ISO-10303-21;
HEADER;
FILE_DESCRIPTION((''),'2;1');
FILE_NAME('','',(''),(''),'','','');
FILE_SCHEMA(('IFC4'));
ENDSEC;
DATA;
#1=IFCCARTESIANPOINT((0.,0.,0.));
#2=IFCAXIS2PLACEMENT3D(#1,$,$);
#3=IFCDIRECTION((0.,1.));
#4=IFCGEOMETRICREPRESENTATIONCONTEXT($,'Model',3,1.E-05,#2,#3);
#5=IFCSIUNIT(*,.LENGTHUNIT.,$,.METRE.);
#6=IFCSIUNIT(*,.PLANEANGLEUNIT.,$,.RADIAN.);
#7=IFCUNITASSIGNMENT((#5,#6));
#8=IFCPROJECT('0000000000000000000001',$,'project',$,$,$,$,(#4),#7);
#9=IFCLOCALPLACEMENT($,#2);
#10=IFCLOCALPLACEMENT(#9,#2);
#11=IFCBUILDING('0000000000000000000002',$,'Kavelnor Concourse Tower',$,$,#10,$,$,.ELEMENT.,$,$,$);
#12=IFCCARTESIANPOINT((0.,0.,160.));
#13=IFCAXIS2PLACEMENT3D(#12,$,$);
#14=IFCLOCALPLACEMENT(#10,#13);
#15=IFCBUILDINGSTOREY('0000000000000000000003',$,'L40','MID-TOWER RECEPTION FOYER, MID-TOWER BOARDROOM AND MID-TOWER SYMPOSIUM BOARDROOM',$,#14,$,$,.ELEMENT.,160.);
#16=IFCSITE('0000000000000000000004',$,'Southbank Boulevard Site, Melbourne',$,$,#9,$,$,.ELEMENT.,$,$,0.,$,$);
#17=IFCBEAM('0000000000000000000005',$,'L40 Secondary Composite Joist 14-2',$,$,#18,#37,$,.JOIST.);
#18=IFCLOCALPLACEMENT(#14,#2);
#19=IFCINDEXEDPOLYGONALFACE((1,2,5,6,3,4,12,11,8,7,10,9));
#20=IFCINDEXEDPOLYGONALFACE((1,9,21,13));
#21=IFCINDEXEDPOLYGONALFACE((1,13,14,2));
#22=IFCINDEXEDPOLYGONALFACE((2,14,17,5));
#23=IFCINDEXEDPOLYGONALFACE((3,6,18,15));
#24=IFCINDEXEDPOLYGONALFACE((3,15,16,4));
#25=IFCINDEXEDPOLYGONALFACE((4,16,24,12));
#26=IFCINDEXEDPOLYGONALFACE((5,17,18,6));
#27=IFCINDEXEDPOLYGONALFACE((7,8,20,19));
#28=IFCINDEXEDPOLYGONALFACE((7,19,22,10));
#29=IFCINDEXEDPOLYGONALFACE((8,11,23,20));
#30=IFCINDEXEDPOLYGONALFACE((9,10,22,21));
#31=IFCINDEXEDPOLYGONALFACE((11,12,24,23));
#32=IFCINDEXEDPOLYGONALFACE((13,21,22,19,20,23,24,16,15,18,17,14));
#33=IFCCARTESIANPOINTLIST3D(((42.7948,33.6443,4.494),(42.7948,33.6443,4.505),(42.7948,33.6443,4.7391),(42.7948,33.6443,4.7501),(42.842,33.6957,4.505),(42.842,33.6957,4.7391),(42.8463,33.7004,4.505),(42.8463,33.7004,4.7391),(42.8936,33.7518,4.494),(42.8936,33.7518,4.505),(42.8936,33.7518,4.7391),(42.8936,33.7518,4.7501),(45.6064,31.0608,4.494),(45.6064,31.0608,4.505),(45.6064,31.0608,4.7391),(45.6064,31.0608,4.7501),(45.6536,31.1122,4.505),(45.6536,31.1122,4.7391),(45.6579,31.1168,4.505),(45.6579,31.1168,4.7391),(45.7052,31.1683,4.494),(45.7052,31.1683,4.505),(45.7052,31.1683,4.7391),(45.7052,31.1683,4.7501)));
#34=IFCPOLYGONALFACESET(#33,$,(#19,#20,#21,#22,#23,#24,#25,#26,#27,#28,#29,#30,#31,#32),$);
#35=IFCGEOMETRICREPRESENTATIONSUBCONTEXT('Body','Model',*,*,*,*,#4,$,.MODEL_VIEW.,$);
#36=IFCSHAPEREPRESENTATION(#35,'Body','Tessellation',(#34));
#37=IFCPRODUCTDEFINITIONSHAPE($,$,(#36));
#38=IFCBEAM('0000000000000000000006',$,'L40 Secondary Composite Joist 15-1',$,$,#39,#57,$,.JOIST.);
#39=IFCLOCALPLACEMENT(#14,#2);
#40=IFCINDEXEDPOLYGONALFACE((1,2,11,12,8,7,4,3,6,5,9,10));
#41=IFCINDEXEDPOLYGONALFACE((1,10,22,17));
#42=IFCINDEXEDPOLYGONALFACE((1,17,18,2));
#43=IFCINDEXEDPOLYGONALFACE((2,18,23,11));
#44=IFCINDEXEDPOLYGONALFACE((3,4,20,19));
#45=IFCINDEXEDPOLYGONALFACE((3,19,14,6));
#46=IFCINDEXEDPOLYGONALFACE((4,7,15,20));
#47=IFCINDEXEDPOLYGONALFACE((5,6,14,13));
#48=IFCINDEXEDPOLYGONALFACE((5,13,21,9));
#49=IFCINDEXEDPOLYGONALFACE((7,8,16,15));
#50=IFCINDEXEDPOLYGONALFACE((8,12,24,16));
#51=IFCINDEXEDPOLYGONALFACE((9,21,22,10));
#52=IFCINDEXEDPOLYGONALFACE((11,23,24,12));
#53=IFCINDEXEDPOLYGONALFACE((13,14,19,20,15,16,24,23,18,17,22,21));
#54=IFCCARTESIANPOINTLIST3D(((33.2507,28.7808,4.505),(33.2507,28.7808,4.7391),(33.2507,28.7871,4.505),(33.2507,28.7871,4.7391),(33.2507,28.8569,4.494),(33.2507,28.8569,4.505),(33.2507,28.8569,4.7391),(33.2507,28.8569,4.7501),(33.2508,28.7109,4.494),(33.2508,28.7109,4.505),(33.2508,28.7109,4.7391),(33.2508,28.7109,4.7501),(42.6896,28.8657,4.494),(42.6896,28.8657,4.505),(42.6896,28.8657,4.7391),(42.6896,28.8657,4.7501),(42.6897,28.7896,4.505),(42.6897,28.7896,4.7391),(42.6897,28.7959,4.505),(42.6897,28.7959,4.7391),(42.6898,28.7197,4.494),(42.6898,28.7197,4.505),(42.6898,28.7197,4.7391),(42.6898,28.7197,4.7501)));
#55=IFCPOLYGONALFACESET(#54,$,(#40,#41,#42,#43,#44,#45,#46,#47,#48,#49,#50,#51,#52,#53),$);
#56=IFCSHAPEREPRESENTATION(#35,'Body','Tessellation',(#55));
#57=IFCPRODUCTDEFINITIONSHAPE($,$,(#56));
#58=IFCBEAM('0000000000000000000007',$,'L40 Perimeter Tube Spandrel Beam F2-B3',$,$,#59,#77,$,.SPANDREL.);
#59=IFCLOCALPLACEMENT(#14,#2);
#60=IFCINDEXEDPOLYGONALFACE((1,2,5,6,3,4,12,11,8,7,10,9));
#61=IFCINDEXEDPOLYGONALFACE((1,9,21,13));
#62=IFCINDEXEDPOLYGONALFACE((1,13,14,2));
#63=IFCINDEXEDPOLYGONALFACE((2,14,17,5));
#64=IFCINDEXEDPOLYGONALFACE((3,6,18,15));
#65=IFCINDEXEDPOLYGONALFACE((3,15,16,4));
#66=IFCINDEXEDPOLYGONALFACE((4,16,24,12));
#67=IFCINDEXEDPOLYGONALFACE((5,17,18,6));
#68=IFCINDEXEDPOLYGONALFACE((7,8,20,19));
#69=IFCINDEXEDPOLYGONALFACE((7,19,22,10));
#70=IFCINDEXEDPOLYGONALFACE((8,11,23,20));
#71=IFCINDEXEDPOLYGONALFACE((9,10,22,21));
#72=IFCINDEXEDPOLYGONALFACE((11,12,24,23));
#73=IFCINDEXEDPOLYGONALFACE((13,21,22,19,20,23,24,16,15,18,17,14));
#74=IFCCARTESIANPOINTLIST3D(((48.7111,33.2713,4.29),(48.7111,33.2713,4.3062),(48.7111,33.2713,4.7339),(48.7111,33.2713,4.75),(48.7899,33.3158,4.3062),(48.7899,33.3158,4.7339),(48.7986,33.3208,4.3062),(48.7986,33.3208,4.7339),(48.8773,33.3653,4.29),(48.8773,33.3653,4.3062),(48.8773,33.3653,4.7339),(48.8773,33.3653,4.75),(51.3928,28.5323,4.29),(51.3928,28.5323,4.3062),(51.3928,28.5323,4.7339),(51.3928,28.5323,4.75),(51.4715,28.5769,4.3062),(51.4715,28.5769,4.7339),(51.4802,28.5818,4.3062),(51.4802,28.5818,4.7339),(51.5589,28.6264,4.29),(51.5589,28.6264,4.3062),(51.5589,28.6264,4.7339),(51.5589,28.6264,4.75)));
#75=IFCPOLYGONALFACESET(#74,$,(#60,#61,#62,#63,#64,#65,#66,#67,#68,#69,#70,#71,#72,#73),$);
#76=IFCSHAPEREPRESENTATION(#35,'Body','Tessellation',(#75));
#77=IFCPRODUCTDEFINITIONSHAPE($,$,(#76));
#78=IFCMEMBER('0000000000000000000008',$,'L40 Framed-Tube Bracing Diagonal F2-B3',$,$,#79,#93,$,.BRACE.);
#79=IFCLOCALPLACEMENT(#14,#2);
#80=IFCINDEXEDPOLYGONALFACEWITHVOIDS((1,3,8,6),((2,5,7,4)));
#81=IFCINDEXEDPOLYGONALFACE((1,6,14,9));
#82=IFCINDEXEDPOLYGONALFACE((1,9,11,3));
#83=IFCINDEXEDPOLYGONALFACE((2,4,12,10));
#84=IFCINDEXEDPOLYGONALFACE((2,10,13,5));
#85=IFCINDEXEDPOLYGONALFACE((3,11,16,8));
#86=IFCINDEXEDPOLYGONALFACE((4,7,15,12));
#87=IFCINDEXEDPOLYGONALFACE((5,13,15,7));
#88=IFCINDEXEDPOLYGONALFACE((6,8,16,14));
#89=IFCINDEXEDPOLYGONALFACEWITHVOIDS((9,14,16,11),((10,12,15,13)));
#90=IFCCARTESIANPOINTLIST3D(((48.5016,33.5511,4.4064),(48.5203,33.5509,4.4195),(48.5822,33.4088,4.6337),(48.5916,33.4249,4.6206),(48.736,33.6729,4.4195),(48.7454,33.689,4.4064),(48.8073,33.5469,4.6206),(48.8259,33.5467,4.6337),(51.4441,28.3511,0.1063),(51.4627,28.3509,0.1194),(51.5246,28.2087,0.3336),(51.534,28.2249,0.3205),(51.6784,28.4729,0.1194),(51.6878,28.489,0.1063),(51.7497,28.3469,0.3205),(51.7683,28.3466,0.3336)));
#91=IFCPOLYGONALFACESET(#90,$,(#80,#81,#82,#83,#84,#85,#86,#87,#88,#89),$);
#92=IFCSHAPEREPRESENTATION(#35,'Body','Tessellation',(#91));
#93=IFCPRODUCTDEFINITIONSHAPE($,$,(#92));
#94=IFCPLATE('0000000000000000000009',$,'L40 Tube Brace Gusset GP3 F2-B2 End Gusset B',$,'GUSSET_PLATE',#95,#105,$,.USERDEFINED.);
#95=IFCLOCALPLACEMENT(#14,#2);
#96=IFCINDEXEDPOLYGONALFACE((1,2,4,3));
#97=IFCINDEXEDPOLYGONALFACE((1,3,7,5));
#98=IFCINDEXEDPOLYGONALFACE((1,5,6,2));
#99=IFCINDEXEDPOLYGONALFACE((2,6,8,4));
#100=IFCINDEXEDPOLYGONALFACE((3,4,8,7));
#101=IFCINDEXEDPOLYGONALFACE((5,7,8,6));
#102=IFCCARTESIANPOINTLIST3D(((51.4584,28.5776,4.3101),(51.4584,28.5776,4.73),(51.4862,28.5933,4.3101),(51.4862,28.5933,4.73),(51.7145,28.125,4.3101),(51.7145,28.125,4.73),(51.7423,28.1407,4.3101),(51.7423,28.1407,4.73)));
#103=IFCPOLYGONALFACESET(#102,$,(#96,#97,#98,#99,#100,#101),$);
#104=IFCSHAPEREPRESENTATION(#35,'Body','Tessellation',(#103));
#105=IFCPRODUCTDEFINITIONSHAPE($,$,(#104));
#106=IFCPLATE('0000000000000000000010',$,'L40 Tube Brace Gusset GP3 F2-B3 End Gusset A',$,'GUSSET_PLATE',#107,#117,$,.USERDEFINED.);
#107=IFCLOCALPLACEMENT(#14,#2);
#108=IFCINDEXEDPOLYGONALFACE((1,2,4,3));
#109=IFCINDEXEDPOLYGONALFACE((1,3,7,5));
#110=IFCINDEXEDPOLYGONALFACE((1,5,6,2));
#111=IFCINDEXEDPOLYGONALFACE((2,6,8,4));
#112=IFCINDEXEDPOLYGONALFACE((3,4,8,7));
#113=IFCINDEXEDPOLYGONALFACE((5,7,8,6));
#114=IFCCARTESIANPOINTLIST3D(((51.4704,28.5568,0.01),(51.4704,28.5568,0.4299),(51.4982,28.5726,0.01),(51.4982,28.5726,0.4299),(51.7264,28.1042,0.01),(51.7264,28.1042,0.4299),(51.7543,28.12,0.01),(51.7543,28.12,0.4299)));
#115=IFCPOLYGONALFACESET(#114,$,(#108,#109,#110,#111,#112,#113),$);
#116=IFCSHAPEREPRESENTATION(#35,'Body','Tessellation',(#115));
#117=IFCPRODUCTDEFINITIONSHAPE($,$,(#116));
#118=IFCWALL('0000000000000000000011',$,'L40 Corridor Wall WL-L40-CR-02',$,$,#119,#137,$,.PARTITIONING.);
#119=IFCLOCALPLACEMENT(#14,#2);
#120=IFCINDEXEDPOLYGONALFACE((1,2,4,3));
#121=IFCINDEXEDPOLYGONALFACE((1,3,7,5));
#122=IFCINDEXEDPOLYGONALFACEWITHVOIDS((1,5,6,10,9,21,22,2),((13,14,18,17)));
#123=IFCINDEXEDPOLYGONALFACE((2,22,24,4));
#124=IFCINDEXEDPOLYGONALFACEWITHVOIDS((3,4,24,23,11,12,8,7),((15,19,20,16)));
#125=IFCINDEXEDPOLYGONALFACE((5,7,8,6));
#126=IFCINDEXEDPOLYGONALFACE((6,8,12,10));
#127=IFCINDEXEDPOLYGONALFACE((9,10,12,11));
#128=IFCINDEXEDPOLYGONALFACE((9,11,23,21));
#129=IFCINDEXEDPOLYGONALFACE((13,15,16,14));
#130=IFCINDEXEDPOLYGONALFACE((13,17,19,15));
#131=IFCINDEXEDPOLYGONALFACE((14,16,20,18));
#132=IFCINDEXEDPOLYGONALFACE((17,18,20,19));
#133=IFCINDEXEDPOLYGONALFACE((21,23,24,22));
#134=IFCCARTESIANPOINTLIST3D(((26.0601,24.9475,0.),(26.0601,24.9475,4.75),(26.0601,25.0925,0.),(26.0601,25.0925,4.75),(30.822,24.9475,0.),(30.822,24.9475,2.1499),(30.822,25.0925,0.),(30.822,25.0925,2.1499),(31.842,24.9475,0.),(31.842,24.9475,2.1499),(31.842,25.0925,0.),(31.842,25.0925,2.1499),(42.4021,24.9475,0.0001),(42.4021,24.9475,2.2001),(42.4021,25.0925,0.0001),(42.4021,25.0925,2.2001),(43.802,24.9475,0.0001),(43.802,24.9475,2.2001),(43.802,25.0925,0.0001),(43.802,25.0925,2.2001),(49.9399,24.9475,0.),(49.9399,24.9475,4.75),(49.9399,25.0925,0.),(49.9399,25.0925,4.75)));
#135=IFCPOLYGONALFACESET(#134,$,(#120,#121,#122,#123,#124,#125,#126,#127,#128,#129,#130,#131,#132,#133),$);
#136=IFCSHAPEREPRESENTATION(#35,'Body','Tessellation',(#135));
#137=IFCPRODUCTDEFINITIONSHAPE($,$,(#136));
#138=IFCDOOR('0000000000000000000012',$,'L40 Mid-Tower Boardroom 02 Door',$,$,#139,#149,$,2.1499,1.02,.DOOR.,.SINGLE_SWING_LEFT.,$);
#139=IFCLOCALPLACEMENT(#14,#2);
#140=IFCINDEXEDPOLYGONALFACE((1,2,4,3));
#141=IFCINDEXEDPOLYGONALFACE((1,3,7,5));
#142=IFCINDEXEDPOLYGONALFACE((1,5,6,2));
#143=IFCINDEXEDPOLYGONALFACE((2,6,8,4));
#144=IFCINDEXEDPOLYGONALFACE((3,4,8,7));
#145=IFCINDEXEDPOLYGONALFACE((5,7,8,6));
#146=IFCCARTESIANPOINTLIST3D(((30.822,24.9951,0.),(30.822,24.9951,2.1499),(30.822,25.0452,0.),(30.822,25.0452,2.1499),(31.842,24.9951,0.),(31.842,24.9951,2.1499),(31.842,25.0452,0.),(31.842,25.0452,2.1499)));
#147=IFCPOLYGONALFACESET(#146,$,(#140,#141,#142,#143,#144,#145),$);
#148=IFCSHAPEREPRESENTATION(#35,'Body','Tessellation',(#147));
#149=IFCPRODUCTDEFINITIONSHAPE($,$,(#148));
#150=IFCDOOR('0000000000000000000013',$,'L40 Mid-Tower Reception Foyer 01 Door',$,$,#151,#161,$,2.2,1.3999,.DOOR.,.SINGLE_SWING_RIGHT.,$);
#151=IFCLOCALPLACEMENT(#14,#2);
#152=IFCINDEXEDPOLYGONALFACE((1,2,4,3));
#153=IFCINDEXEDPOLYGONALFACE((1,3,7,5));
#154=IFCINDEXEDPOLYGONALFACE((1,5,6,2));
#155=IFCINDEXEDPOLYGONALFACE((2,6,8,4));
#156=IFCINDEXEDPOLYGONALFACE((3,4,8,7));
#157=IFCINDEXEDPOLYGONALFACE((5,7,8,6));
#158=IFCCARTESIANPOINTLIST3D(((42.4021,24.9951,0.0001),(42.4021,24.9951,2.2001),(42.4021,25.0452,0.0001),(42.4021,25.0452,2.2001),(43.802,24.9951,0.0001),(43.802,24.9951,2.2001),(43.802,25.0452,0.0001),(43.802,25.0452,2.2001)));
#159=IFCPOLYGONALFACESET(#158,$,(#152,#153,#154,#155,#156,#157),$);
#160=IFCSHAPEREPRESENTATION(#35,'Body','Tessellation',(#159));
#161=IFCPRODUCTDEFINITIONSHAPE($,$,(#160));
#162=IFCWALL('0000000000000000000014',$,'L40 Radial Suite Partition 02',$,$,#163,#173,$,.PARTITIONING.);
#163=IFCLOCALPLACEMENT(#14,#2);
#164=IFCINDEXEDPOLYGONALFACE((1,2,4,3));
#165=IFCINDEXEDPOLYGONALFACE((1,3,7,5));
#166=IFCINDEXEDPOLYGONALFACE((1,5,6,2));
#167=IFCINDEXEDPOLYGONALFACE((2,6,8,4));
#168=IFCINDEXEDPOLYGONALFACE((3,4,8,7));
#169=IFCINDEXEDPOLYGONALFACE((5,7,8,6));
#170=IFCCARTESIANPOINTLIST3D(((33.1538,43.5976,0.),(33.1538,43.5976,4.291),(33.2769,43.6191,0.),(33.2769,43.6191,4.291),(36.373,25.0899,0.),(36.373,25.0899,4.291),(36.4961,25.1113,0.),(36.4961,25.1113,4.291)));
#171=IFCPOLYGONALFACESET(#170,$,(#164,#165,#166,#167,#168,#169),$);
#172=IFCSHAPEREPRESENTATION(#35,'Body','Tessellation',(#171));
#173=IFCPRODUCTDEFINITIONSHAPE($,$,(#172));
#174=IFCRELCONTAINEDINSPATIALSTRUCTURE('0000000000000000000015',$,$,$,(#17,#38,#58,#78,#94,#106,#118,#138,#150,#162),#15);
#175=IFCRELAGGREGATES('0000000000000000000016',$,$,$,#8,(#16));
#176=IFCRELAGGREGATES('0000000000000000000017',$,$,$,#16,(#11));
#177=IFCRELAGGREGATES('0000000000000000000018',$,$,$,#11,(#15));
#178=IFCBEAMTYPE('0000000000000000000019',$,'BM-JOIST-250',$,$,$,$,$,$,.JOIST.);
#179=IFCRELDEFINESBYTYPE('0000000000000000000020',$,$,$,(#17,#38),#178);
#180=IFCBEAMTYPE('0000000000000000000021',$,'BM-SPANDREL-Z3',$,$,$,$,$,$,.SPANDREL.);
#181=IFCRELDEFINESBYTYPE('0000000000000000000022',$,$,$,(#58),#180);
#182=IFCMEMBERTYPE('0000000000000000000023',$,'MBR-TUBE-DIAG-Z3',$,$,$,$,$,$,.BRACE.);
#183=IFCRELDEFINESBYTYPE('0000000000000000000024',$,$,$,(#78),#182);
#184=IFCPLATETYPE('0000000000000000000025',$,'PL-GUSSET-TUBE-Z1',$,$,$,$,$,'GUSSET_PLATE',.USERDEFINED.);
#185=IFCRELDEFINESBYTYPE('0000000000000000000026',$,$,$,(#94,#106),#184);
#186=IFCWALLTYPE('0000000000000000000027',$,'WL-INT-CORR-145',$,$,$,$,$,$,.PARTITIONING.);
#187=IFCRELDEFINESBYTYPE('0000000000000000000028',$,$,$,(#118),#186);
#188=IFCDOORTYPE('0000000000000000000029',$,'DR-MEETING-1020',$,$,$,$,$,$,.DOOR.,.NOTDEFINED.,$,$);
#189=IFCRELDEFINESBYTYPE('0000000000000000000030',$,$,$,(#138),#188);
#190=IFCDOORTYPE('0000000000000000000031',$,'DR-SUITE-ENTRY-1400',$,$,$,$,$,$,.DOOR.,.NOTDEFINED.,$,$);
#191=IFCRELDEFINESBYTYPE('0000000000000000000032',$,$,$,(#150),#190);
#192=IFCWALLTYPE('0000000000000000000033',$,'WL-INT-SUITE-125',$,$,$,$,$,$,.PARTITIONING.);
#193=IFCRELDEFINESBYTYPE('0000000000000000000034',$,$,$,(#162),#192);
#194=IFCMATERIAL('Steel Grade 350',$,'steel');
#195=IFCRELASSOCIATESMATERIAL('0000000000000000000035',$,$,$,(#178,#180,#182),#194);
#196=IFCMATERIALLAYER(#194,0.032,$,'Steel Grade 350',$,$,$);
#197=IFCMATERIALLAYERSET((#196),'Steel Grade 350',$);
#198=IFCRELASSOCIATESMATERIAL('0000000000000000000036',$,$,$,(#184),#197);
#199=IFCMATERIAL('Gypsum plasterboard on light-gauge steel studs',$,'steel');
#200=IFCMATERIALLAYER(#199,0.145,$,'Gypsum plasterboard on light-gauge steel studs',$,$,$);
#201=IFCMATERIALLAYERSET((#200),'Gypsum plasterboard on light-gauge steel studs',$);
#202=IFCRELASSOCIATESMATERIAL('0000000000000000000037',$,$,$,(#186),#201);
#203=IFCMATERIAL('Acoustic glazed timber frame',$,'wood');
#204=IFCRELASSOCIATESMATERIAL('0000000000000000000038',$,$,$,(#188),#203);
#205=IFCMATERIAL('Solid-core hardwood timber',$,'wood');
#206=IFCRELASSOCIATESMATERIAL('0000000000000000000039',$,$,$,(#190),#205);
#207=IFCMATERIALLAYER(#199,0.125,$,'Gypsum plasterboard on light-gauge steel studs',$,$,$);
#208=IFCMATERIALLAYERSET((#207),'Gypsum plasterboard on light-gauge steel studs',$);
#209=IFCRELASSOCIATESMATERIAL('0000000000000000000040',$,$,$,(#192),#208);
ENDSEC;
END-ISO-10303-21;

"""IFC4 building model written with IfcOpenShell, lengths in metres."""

from ifc_helpers import new_model, si_unit, direction, frame, frame_2d, origin, origin_2d, place, context, subcontext, project, spatial, rectangle, hollow_rectangle, i_section, extrude, material, layer, layer_set, material_profile, profile_set, type_object, element, fill, save


model = new_model("IFC4")

# Units and contexts
model_context = context("Model", 3, precision=1e-05, world=origin(), true_north=direction((0.0, 1.0)))
body_context = subcontext(model_context, "Body", "Model", "MODEL_VIEW")
ifc_project = project(units=[si_unit("LENGTHUNIT", "METRE"), si_unit("PLANEANGLEUNIT", "RADIAN")], contexts=[model_context])

# Site, building, storey
site_placement = place(None, origin())
site = spatial("IfcSite", under=ifc_project, at=site_placement, Name="Southbank Boulevard Site, Melbourne", CompositionType="ELEMENT", RefElevation=0.0)
building_placement = place(site_placement, origin())
building = spatial("IfcBuilding", under=site, at=building_placement, Name="Kavelnor Concourse Tower", CompositionType="ELEMENT")
storey_placement = place(building_placement, frame((0.0, 0.0, 160.0)))
storey = spatial("IfcBuildingStorey", under=building, at=storey_placement, Name="L40", Description="MID-TOWER RECEPTION FOYER, MID-TOWER BOARDROOM AND MID-TOWER SYMPOSIUM BOARDROOM", CompositionType="ELEMENT", Elevation=160.0)

# Shared definitions
ifc_material_1 = material(Name="Steel Grade 350", Category="steel")

# Beams
ifc_material_profile_1 = material_profile(ifc_material_1, i_section(OverallWidth=0.146, OverallDepth=0.2561, WebThickness=0.0063, FlangeThickness=0.011, at=origin_2d()), Name="250UB37")
ifc_profile_set_1 = profile_set([ifc_material_profile_1], Name="Steel Grade 350")
beam_type_1 = type_object("IfcBeamType", Name="BM-JOIST-250", PredefinedType="JOIST", material=ifc_profile_set_1)
beam_1_placement = place(storey_placement, frame((45.6558, 31.1145, 4.6221), z_axis=(-0.736336, 0.676616, 0.0), x_axis=(-0.676616, -0.736336, 0.0)))
element("IfcBeam", 1, at=beam_1_placement, inside=storey, type_object=beam_type_1, Name="L40 Secondary Composite Joist 14-2", PredefinedType="JOIST", context=body_context, shape_type="SweptSolid", body=[
    extrude(i_section(OverallWidth=0.146, OverallDepth=0.2561, WebThickness=0.0063, FlangeThickness=0.011, at=origin_2d()), origin(), (0.0, 0.0, 1.0), 3.8184),
])
beam_2_placement = place(storey_placement, frame((42.6897, 28.7927, 4.6221), z_axis=(-1.0, -0.000931, 0.0), x_axis=(0.000931, -1.0, 0.0)))
element("IfcBeam", 2, at=beam_2_placement, inside=storey, type_object=beam_type_1, Name="L40 Secondary Composite Joist 15-1", PredefinedType="JOIST", context=body_context, shape_type="SweptSolid", body=[
    extrude(i_section(OverallWidth=0.146, OverallDepth=0.2561, WebThickness=0.0063, FlangeThickness=0.011, at=origin_2d()), origin(), (0.0, 0.0, 1.0), 9.439),
])
ifc_material_profile_2 = material_profile(ifc_material_1, i_section(OverallWidth=0.1909, OverallDepth=0.46, WebThickness=0.01, FlangeThickness=0.0161, at=origin_2d()), Name="460UB82")
ifc_profile_set_2 = profile_set([ifc_material_profile_2], Name="Steel Grade 350")
beam_type_2 = type_object("IfcBeamType", Name="BM-SPANDREL-Z3", PredefinedType="SPANDREL", material=ifc_profile_set_2)
beam_3_placement = place(storey_placement, frame((51.4758, 28.5793, 4.52), z_axis=(-0.492484, 0.870321, 0.0), x_axis=(-0.870321, -0.492484, 0.0)))
element("IfcBeam", 3, at=beam_3_placement, inside=storey, type_object=beam_type_2, Name="L40 Perimeter Tube Spandrel Beam F2-B3", PredefinedType="SPANDREL", context=body_context, shape_type="SweptSolid", body=[
    extrude(i_section(OverallWidth=0.1909, OverallDepth=0.46, WebThickness=0.01, FlangeThickness=0.0161, at=origin_2d()), origin(), (0.0, 0.0, 1.0), 5.4451),
])

# Member
ifc_material_profile_3 = material_profile(ifc_material_1, hollow_rectangle(XDim=0.28, YDim=0.28, WallThickness=0.0161, at=origin_2d()), Name="SHS 280x280x16")
ifc_profile_set_3 = profile_set([ifc_material_profile_3], Name="Steel Grade 350")
member_type = type_object("IfcMemberType", Name="MBR-TUBE-DIAG-Z3", PredefinedType="BRACE", material=ifc_profile_set_3)
member_placement = place(storey_placement, frame((51.6062, 28.3489, 0.22), z_axis=(-0.399714, 0.706398, 0.584149), x_axis=(-0.870328, -0.492473, 0.0)))
element("IfcMember", 4, at=member_placement, inside=storey, type_object=member_type, Name="L40 Framed-Tube Bracing Diagonal F2-B3", PredefinedType="BRACE", context=body_context, shape_type="SweptSolid", body=[
    extrude(hollow_rectangle(XDim=0.28, YDim=0.28, WallThickness=0.0161, at=origin_2d()), origin(), (0.0, 0.0, 1.0), 7.3613),
])

# Plates
ifc_layer_1 = layer(ifc_material_1, 0.032, Name="Steel Grade 350")
ifc_layer_set_1 = layer_set([ifc_layer_1], Name="Steel Grade 350")
plate_type = type_object("IfcPlateType", Name="PL-GUSSET-TUBE-Z1", ElementType="GUSSET_PLATE", PredefinedType="USERDEFINED", material=ifc_layer_set_1)
for number, where, z_axis, x_axis, name in (
    (5, (51.6003, 28.3591, 4.3101), (0.0, 0.0, 1.0), (-0.492424, 0.870356, 0.0), "L40 Tube Brace Gusset GP3 F2-B2 End Gusset B"),
    (6, (51.6123, 28.3384, 0.01), (0.0, 0.0, 1.0), (-0.492424, 0.870356, 0.0), "L40 Tube Brace Gusset GP3 F2-B3 End Gusset A"),
):
    element("IfcPlate", number, at=place(storey_placement, frame(where, z_axis=z_axis, x_axis=x_axis)), inside=storey, type_object=plate_type, Name=name, ObjectType="GUSSET_PLATE", PredefinedType="USERDEFINED", context=body_context, shape_type="SweptSolid", body=[
        extrude(rectangle(XDim=0.52, YDim=0.032, at=origin_2d()), origin(), (0.0, 0.0, 1.0), 0.4199),
    ])

# Wall, openings, doors
ifc_material_2 = material(Name="Gypsum plasterboard on light-gauge steel studs", Category="steel")
ifc_layer_2 = layer(ifc_material_2, 0.145, Name="Gypsum plasterboard on light-gauge steel studs")
ifc_layer_set_2 = layer_set([ifc_layer_2], Name="Gypsum plasterboard on light-gauge steel studs")
wall_type_1 = type_object("IfcWallType", Name="WL-INT-CORR-145", PredefinedType="PARTITIONING", material=ifc_layer_set_2)
wall_1_placement = place(storey_placement, frame((49.9399, 25.02, 0.0), z_axis=(0.0, 0.0, 1.0), x_axis=(-1.0, 0.0, 0.0)))
wall_1 = element("IfcWall", 7, at=wall_1_placement, inside=storey, type_object=wall_type_1, Name="L40 Corridor Wall WL-L40-CR-02", PredefinedType="PARTITIONING", context=body_context, shape_type="SweptSolid", body=[
    extrude(rectangle(XDim=23.8799, YDim=0.145, at=frame_2d((11.9399, 0.0))), origin(), (0.0, 0.0, 1.0), 4.75),
])
opening_1_placement = place(wall_1_placement, frame((6.1379, 0.0, 0.0)))
opening_1 = element("IfcOpeningElement", 8, at=opening_1_placement, cuts=wall_1, PredefinedType="OPENING", context=body_context, shape_type="SweptSolid", body=[
    extrude(rectangle(XDim=1.3999, YDim=2.2, at=frame_2d((0.7, 1.1001))), frame((0.0, 0.0825, 0.0), z_axis=(0.0, -1.0, 0.0), x_axis=(1.0, 0.0, 0.0)), (0.0, 0.0, 1.0), 0.165),
])
opening_2_placement = place(wall_1_placement, frame((18.0979, 0.0, 0.0)))
opening_2 = element("IfcOpeningElement", 9, at=opening_2_placement, cuts=wall_1, PredefinedType="OPENING", context=body_context, shape_type="SweptSolid", body=[
    extrude(rectangle(XDim=1.02, YDim=2.1499, at=frame_2d((0.51, 1.075))), frame((0.0, 0.0825, 0.0), z_axis=(0.0, -1.0, 0.0), x_axis=(1.0, 0.0, 0.0)), (0.0, 0.0, 1.0), 0.165),
])
ifc_material_3 = material(Name="Acoustic glazed timber frame", Category="wood")
door_type_1 = type_object("IfcDoorType", Name="DR-MEETING-1020", OperationType="NOTDEFINED", PredefinedType="DOOR", material=ifc_material_3)
door_1_placement = place(opening_2_placement, origin())
door_1 = element("IfcDoor", 10, at=door_1_placement, inside=storey, type_object=door_type_1, Name="L40 Mid-Tower Boardroom 02 Door", OperationType="SINGLE_SWING_LEFT", OverallHeight=2.1499, OverallWidth=1.02, PredefinedType="DOOR", context=body_context, shape_type="SweptSolid", body=[
    extrude(rectangle(XDim=1.02, YDim=2.1499, at=frame_2d((0.51, 1.075))), frame((0.0, 0.0249, 0.0), z_axis=(0.0, -1.0, 0.0), x_axis=(1.0, 0.0, 0.0)), (0.0, 0.0, 1.0), 0.05),
])
fill(opening_2, door_1)
ifc_material_4 = material(Name="Solid-core hardwood timber", Category="wood")
door_type_2 = type_object("IfcDoorType", Name="DR-SUITE-ENTRY-1400", OperationType="NOTDEFINED", PredefinedType="DOOR", material=ifc_material_4)
door_2_placement = place(opening_1_placement, origin())
door_2 = element("IfcDoor", 11, at=door_2_placement, inside=storey, type_object=door_type_2, Name="L40 Mid-Tower Reception Foyer 01 Door", OperationType="SINGLE_SWING_RIGHT", OverallHeight=2.2, OverallWidth=1.3999, PredefinedType="DOOR", context=body_context, shape_type="SweptSolid", body=[
    extrude(rectangle(XDim=1.3999, YDim=2.2, at=frame_2d((0.7, 1.1001))), frame((0.0, 0.0249, 0.0), z_axis=(0.0, -1.0, 0.0), x_axis=(1.0, 0.0, 0.0)), (0.0, 0.0, 1.0), 0.05),
])
fill(opening_1, door_2)

# Wall
ifc_layer_3 = layer(ifc_material_2, 0.125, Name="Gypsum plasterboard on light-gauge steel studs")
ifc_layer_set_3 = layer_set([ifc_layer_3], Name="Gypsum plasterboard on light-gauge steel studs")
wall_type_2 = type_object("IfcWallType", Name="WL-INT-SUITE-125", PredefinedType="PARTITIONING", material=ifc_layer_set_3)
wall_2_placement = place(storey_placement, frame((36.4346, 25.1006, 0.0), z_axis=(0.0, 0.0, 1.0), x_axis=(-0.171366, 0.985207, 0.0)))
element("IfcWall", 12, at=wall_2_placement, inside=storey, type_object=wall_type_2, Name="L40 Radial Suite Partition 02", PredefinedType="PARTITIONING", context=body_context, shape_type="SweptSolid", body=[
    extrude(rectangle(XDim=18.7856, YDim=0.125, at=frame_2d((9.3928, 0.0))), origin(), (0.0, 0.0, 1.0), 4.291),
])

save(model, "model.ifc")
